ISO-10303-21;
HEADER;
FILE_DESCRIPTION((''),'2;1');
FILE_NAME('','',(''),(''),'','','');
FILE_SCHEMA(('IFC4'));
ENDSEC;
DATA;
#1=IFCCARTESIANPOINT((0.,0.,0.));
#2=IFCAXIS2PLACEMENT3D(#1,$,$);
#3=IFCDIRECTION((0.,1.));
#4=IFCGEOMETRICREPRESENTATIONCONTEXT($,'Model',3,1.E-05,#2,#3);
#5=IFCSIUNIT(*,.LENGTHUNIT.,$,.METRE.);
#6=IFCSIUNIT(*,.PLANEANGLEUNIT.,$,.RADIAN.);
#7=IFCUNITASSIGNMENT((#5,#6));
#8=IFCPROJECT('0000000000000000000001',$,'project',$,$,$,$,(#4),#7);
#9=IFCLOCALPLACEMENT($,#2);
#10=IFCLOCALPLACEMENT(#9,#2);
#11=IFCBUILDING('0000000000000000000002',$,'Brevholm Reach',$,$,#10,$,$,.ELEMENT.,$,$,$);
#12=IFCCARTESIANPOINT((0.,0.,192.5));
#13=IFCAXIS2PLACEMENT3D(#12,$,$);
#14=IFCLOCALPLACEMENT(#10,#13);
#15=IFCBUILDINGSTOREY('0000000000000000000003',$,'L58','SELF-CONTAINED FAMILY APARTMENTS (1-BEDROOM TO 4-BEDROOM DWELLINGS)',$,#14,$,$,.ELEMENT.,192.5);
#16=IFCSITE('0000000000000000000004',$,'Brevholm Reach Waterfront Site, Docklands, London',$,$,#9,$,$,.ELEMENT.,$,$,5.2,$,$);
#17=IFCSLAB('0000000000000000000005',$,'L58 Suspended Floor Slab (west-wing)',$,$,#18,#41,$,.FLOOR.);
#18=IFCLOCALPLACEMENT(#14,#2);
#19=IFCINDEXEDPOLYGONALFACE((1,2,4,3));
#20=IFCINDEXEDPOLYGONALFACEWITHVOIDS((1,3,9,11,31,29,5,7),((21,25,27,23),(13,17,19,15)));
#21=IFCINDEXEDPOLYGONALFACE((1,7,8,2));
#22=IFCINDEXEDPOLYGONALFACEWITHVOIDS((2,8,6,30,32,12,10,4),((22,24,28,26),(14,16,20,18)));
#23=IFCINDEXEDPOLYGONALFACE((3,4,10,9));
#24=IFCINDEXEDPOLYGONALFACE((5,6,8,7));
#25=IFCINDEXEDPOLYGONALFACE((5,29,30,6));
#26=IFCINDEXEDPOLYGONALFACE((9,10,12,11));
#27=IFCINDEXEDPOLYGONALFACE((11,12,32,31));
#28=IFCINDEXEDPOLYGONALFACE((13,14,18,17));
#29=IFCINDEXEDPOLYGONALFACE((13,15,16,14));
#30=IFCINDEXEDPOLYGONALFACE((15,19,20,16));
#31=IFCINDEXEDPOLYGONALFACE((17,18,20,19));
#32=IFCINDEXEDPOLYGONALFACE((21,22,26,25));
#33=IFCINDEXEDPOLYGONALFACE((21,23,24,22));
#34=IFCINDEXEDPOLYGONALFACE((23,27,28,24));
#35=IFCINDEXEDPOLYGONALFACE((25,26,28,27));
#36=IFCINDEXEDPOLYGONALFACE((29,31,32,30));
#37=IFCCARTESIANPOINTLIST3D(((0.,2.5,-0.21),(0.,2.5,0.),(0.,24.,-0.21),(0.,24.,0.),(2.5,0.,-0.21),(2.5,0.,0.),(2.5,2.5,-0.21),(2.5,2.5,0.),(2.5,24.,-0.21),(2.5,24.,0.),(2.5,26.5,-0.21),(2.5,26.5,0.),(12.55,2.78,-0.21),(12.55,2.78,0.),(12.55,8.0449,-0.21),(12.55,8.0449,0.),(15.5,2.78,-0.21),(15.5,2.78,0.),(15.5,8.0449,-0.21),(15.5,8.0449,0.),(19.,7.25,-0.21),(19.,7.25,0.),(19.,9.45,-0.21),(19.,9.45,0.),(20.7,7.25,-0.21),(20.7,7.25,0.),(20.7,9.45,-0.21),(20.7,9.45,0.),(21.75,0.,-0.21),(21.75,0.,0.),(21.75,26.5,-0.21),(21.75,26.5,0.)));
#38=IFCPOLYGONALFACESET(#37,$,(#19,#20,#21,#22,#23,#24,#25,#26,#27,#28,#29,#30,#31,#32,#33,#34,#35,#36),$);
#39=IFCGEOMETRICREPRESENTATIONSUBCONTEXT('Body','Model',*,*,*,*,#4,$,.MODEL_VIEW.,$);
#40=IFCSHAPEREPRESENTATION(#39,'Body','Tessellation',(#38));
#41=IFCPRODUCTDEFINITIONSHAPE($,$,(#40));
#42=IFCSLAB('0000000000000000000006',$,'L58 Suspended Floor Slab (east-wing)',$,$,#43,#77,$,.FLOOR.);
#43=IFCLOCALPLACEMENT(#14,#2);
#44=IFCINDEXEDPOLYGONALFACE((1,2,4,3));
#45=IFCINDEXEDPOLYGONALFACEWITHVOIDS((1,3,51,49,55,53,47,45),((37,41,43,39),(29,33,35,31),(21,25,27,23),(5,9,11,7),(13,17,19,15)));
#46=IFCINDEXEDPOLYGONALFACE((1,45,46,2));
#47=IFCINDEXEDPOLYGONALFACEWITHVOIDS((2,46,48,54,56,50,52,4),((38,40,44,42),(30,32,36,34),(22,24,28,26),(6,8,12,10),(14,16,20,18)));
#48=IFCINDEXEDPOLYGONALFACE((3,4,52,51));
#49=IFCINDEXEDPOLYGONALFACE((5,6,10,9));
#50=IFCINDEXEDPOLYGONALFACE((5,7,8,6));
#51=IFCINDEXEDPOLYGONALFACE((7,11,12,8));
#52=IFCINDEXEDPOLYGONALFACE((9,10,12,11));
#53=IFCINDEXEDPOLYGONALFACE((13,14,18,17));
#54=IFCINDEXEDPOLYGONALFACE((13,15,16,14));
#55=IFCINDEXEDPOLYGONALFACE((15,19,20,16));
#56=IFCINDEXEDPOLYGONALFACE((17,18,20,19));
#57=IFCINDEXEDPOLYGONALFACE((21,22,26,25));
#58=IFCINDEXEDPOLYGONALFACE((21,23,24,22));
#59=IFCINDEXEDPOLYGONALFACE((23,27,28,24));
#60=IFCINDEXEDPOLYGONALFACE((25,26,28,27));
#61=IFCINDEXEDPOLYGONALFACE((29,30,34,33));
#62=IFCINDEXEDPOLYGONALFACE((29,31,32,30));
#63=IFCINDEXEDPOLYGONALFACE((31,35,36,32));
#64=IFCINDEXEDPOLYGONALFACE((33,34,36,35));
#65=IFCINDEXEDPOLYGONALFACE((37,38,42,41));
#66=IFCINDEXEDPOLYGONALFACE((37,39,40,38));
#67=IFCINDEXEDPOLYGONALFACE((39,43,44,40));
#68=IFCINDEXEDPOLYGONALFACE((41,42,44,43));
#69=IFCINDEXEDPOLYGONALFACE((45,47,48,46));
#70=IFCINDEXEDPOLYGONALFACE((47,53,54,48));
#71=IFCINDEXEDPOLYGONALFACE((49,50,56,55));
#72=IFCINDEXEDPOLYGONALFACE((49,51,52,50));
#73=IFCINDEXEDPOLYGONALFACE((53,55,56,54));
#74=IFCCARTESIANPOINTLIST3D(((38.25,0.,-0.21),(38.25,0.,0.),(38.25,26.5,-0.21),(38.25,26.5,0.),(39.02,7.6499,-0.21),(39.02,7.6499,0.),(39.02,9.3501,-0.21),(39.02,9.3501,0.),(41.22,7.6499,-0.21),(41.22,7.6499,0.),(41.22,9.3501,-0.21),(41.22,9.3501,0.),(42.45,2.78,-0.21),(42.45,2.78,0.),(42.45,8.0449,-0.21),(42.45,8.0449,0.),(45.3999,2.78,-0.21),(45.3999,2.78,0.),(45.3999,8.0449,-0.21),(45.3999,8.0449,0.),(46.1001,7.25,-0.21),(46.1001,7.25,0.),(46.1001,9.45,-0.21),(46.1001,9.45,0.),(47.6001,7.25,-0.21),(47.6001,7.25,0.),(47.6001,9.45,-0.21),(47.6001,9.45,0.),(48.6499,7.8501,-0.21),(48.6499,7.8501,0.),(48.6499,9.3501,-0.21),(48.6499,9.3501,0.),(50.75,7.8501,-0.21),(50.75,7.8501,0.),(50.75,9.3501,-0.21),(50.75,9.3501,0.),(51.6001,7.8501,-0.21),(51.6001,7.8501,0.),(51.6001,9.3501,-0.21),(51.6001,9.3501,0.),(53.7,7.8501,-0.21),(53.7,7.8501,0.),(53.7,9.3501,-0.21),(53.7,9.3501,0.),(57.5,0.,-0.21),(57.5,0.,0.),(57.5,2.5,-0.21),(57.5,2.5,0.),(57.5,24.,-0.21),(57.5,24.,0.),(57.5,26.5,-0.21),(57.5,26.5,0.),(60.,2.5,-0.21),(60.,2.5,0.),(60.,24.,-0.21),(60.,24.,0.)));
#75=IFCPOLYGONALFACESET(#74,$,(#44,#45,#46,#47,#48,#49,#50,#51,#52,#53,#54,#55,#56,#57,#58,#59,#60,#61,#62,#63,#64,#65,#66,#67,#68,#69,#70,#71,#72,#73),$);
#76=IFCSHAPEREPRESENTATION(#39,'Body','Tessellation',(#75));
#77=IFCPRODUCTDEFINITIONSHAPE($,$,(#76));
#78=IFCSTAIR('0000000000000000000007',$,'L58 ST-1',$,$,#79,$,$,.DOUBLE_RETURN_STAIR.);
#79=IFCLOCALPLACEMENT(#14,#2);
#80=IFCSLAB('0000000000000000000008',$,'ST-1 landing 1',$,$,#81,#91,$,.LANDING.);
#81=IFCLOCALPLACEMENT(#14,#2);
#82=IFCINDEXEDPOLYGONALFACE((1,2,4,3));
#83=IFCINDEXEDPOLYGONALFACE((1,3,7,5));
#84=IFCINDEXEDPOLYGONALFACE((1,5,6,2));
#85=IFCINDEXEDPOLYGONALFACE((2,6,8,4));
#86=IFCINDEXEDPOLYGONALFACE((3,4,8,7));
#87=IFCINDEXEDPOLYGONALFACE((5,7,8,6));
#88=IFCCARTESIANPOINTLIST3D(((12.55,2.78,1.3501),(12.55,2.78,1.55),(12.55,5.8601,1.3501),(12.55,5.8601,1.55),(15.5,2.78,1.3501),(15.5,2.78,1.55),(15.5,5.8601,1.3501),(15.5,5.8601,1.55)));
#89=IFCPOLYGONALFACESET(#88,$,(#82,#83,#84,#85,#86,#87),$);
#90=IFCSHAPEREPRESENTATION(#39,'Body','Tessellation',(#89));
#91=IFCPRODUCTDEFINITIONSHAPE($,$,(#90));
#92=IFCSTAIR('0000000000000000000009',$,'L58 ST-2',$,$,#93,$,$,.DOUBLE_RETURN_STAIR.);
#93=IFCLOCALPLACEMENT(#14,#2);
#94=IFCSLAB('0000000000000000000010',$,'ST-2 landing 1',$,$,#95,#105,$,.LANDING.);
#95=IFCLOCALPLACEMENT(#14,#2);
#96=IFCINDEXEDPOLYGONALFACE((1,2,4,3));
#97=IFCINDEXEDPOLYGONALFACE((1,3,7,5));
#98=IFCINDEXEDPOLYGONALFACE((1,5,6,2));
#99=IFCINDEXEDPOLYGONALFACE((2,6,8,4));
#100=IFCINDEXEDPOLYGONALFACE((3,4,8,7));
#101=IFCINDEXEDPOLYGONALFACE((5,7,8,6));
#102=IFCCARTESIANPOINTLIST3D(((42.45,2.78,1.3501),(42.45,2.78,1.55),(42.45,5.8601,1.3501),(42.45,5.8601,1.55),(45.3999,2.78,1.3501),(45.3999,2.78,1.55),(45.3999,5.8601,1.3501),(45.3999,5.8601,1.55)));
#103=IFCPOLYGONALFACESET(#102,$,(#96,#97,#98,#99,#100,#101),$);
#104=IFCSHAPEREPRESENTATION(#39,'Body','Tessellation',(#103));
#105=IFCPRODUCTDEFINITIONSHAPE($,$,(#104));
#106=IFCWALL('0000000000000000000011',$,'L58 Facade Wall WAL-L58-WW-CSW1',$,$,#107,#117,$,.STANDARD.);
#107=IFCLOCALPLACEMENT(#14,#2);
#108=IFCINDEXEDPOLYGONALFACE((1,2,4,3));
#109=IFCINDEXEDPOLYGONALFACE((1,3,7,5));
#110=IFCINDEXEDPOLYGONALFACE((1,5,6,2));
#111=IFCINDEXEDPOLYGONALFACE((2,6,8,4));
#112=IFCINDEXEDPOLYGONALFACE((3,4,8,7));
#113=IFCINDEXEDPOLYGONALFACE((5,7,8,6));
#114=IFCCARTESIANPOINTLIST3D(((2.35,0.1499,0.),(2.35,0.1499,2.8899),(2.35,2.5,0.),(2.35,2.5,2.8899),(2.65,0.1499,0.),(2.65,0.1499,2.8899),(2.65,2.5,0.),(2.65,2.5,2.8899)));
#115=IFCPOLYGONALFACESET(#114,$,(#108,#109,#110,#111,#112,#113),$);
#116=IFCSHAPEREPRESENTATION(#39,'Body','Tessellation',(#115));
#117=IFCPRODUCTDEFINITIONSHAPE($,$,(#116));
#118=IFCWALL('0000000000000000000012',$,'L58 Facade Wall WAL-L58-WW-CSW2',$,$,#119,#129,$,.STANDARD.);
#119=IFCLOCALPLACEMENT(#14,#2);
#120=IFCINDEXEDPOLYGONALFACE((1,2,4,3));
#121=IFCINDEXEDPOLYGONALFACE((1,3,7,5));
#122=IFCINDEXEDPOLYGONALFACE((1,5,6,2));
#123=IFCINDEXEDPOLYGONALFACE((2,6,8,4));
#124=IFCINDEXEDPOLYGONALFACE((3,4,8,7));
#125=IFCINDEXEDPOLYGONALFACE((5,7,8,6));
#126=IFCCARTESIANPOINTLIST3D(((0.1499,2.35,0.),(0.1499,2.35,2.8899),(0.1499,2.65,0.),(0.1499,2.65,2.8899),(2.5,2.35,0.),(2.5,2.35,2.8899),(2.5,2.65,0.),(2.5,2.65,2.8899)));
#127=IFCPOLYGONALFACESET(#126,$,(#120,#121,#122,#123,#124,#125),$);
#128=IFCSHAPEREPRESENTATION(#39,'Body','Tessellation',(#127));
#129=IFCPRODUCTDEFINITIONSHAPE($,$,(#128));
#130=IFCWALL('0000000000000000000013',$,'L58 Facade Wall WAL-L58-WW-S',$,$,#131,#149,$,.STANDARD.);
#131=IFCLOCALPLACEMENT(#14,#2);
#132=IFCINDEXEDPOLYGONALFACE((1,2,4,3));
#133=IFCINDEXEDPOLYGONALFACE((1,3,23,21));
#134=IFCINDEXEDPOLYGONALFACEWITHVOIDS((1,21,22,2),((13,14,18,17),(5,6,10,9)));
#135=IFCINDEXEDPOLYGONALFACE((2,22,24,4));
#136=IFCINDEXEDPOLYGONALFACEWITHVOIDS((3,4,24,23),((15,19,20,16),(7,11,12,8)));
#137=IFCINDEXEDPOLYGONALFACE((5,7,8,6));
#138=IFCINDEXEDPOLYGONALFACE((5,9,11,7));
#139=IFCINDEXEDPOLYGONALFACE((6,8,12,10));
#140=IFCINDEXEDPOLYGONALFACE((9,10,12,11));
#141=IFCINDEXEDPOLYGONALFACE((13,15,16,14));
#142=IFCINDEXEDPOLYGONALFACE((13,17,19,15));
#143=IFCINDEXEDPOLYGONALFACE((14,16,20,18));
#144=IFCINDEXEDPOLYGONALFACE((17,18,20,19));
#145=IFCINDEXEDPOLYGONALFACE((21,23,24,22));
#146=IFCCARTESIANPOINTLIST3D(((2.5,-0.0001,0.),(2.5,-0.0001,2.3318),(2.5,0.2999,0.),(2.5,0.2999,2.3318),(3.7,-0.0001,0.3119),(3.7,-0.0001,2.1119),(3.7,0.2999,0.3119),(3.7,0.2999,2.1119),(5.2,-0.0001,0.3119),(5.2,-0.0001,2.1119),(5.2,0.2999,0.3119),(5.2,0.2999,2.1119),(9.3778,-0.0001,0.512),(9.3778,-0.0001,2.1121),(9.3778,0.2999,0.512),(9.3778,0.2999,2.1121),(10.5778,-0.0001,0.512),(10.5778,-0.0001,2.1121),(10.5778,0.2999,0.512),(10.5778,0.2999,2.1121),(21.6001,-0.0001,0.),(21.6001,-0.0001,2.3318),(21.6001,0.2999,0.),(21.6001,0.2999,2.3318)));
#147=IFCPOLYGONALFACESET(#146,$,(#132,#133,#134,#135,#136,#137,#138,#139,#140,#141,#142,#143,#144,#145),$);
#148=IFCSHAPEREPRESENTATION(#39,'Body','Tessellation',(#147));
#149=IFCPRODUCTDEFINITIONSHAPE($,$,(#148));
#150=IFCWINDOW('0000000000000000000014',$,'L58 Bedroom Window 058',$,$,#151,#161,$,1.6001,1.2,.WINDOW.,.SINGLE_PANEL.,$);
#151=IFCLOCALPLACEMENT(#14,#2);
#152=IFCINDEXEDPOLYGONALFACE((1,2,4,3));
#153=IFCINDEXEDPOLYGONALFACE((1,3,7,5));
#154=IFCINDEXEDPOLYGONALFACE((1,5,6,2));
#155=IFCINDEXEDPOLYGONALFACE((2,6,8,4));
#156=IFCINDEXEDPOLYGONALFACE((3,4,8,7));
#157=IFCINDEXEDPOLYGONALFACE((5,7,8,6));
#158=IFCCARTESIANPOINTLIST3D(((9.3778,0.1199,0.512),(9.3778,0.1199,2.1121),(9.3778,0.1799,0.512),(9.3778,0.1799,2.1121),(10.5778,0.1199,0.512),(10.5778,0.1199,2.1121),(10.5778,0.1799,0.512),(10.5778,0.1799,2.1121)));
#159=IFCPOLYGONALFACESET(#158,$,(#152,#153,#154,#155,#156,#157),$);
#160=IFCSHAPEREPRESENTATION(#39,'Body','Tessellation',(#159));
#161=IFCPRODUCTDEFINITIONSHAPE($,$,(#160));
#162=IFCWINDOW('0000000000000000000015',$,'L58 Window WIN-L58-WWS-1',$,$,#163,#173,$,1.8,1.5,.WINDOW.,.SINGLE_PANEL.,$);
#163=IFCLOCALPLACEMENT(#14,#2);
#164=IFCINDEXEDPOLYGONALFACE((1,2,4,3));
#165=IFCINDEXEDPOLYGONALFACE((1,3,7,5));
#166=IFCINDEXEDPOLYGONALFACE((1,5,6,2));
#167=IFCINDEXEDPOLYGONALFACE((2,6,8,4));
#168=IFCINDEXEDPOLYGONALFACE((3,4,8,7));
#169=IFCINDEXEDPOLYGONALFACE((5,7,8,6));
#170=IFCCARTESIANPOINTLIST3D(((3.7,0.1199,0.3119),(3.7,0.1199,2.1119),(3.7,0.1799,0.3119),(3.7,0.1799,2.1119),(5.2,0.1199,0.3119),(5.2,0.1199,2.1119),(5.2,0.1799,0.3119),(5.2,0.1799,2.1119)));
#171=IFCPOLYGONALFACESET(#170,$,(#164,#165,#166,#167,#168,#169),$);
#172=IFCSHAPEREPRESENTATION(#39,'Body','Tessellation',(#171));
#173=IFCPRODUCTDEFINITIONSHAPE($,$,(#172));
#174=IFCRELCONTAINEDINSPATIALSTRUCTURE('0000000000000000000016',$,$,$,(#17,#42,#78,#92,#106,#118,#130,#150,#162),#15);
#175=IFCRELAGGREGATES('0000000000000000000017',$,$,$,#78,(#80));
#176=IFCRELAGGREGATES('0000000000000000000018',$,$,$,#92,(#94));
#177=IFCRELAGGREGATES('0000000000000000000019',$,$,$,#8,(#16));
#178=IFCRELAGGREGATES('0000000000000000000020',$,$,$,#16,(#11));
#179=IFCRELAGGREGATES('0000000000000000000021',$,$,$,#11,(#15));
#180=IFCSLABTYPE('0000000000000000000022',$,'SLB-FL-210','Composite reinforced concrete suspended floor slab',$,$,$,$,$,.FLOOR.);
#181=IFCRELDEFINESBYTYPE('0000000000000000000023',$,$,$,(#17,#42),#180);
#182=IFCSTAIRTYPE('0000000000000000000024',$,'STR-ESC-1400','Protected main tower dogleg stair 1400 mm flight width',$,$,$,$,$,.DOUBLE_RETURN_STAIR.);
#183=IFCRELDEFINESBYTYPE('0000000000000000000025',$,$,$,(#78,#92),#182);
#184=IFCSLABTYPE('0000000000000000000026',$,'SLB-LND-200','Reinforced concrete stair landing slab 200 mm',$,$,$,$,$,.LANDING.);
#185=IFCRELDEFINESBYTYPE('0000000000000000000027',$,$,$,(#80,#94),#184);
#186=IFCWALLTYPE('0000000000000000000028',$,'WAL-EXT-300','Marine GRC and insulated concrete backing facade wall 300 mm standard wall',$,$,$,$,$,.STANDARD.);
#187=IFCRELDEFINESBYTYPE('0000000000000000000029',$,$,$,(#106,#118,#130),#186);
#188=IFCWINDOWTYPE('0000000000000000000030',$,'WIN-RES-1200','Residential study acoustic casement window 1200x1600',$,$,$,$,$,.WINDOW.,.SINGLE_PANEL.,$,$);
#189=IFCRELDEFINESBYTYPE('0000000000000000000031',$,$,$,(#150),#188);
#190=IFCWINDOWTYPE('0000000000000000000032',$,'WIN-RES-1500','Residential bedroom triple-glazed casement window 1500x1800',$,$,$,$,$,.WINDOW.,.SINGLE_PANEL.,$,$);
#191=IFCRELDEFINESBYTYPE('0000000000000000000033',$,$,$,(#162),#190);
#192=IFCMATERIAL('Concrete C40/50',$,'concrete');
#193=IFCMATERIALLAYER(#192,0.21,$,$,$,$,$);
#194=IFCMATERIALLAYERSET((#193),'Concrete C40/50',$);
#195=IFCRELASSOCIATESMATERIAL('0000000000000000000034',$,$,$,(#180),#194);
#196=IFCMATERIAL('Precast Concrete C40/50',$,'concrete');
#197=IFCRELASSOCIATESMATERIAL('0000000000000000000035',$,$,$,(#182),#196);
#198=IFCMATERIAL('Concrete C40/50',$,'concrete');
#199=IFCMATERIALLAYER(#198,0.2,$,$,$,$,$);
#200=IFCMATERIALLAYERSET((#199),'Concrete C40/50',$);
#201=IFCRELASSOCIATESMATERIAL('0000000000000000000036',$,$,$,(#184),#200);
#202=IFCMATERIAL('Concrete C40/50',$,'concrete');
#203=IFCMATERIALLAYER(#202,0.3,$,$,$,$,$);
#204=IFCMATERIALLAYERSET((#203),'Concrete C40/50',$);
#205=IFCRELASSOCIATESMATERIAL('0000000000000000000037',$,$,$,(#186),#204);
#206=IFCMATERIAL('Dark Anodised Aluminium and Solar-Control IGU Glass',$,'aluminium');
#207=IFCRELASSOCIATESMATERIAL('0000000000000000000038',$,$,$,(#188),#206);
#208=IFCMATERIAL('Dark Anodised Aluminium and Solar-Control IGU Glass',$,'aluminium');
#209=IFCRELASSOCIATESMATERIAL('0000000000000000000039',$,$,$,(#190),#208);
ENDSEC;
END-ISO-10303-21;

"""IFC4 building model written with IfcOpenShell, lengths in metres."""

from ifc_helpers import new_model, si_unit, direction, frame, frame_2d, origin, place, context, subcontext, project, spatial, polyline, rectangle, outline, extrude, material, layer, layer_set, type_object, element, fill, aggregate, save


model = new_model("IFC4")

# Units and contexts
model_context = context("Model", 3, precision=1e-05, world=origin(), true_north=direction((0.0, 1.0)))
body_context = subcontext(model_context, "Body", "Model", "MODEL_VIEW")
ifc_project = project(units=[si_unit("LENGTHUNIT", "METRE"), si_unit("PLANEANGLEUNIT", "RADIAN")], contexts=[model_context])

# Site, building, storey
site_placement = place(None, origin())
site = spatial("IfcSite", under=ifc_project, at=site_placement, Name="Brevholm Reach Waterfront Site, Docklands, London", CompositionType="ELEMENT", RefElevation=5.2)
building_placement = place(site_placement, origin())
building = spatial("IfcBuilding", under=site, at=building_placement, Name="Brevholm Reach", CompositionType="ELEMENT")
storey_placement = place(building_placement, frame((0.0, 0.0, 192.5)))
storey = spatial("IfcBuildingStorey", under=building, at=storey_placement, Name="L58", Description="SELF-CONTAINED FAMILY APARTMENTS (1-BEDROOM TO 4-BEDROOM DWELLINGS)", CompositionType="ELEMENT", Elevation=192.5)

# Slabs
ifc_material_1 = material(Name="Concrete C40/50", Category="concrete")
ifc_layer_1 = layer(ifc_material_1, 0.21)
ifc_layer_set_1 = layer_set([ifc_layer_1], Name="Concrete C40/50")
slab_type_1 = type_object("IfcSlabType", Name="SLB-FL-210", Description="Composite reinforced concrete suspended floor slab", PredefinedType="FLOOR", material=ifc_layer_set_1)
slab_1_placement = place(storey_placement, frame((0.0, 0.0, -0.21)))
element("IfcSlab", 1, at=slab_1_placement, inside=storey, type_object=slab_type_1, Name="L58 Suspended Floor Slab (west-wing)", PredefinedType="FLOOR", context=body_context, shape_type="SweptSolid", body=[
    extrude(outline(polyline([(2.5, 0.0), (21.75, 0.0), (21.75, 26.5), (2.5, 26.5), (2.5, 24.0), (0.0, 24.0), (0.0, 2.5), (2.5, 2.5), (2.5, 0.0)]), holes=[polyline([(12.55, 2.78), (15.5, 2.78), (15.5, 8.0449), (12.55, 8.0449), (12.55, 2.78)]), polyline([(19.0, 7.25), (20.7, 7.25), (20.7, 9.45), (19.0, 9.45), (19.0, 7.25)])]), origin(), (0.0, 0.0, 1.0), 0.21),
])
slab_2_placement = place(storey_placement, frame((0.0, 0.0, -0.21)))
element("IfcSlab", 2, at=slab_2_placement, inside=storey, type_object=slab_type_1, Name="L58 Suspended Floor Slab (east-wing)", PredefinedType="FLOOR", context=body_context, shape_type="SweptSolid", body=[
    extrude(outline(polyline([(38.25, 0.0), (57.5, 0.0), (57.5, 2.5), (60.0, 2.5), (60.0, 24.0), (57.5, 24.0), (57.5, 26.5), (38.25, 26.5), (38.25, 0.0)]), holes=[polyline([(42.45, 2.78), (45.3999, 2.78), (45.3999, 8.0449), (42.45, 8.0449), (42.45, 2.78)]), polyline([(46.1001, 7.25), (47.6001, 7.25), (47.6001, 9.45), (46.1001, 9.45), (46.1001, 7.25)]), polyline([(39.02, 7.6499), (41.22, 7.6499), (41.22, 9.3501), (39.02, 9.3501), (39.02, 7.6499)]), polyline([(48.6499, 7.8501), (50.75, 7.8501), (50.75, 9.3501), (48.6499, 9.3501), (48.6499, 7.8501)]), polyline([(51.6001, 7.8501), (53.7, 7.8501), (53.7, 9.3501), (51.6001, 9.3501), (51.6001, 7.8501)])]), origin(), (0.0, 0.0, 1.0), 0.21),
])

# Stairs, slabs
ifc_material_2 = material(Name="Precast Concrete C40/50", Category="concrete")
stair_type = type_object("IfcStairType", Name="STR-ESC-1400", Description="Protected main tower dogleg stair 1400 mm flight width", PredefinedType="DOUBLE_RETURN_STAIR", material=ifc_material_2)
stair_1_placement = place(storey_placement, origin())
stair_1 = element("IfcStair", 3, at=stair_1_placement, inside=storey, type_object=stair_type, Name="L58 ST-1", PredefinedType="DOUBLE_RETURN_STAIR")
ifc_material_3 = material(Name="Concrete C40/50", Category="concrete")
ifc_layer_2 = layer(ifc_material_3, 0.2)
ifc_layer_set_2 = layer_set([ifc_layer_2], Name="Concrete C40/50")
slab_type_2 = type_object("IfcSlabType", Name="SLB-LND-200", Description="Reinforced concrete stair landing slab 200 mm", PredefinedType="LANDING", material=ifc_layer_set_2)
slab_3_placement = place(storey_placement, frame((0.0, 0.0, 1.3501)))
slab_3 = element("IfcSlab", 4, at=slab_3_placement, type_object=slab_type_2, Name="ST-1 landing 1", PredefinedType="LANDING", context=body_context, shape_type="SweptSolid", body=[
    extrude(outline(polyline([(12.55, 5.8601), (12.55, 2.78), (15.5, 2.78), (15.5, 5.8601), (12.55, 5.8601)])), origin(), (0.0, 0.0, 1.0), 0.2),
])
aggregate(stair_1, [slab_3])
stair_2_placement = place(storey_placement, origin())
stair_2 = element("IfcStair", 5, at=stair_2_placement, inside=storey, type_object=stair_type, Name="L58 ST-2", PredefinedType="DOUBLE_RETURN_STAIR")
slab_4_placement = place(storey_placement, frame((0.0, 0.0, 1.3501)))
slab_4 = element("IfcSlab", 6, at=slab_4_placement, type_object=slab_type_2, Name="ST-2 landing 1", PredefinedType="LANDING", context=body_context, shape_type="SweptSolid", body=[
    extrude(outline(polyline([(42.45, 5.8601), (42.45, 2.78), (45.3999, 2.78), (45.3999, 5.8601), (42.45, 5.8601)])), origin(), (0.0, 0.0, 1.0), 0.2),
])
aggregate(stair_2, [slab_4])

# Walls
ifc_material_4 = material(Name="Concrete C40/50", Category="concrete")
ifc_layer_3 = layer(ifc_material_4, 0.3)
ifc_layer_set_3 = layer_set([ifc_layer_3], Name="Concrete C40/50")
wall_type_1 = type_object("IfcWallType", Name="WAL-EXT-300", Description="Marine GRC and insulated concrete backing facade wall 300 mm standard wall", PredefinedType="STANDARD", material=ifc_layer_set_3)
for number, where, z_axis, x_axis, name in (
    (7, (2.5, 2.5, 0.0), (0.0, 0.0, 1.0), (0.0, -1.0, 0.0), "L58 Facade Wall WAL-L58-WW-CSW1"),
    (8, (0.1499, 2.5, 0.0), (0.0, 0.0, 1.0), (1.0, 0.0, 0.0), "L58 Facade Wall WAL-L58-WW-CSW2"),
):
    element("IfcWall", number, at=place(storey_placement, frame(where, z_axis=z_axis, x_axis=x_axis)), inside=storey, type_object=wall_type_1, Name=name, PredefinedType="STANDARD", context=body_context, shape_type="SweptSolid", body=[
        extrude(rectangle(XDim=2.3501, YDim=0.3, at=frame_2d((1.175, 0.0))), origin(), (0.0, 0.0, 1.0), 2.8899),
    ])

# Wall, openings, windows
wall_1_placement = place(storey_placement, frame((2.5, 0.1499, 0.0), z_axis=(0.0, 0.0, 1.0), x_axis=(1.0, 0.0, 0.0)))
wall_1 = element("IfcWall", 9, at=wall_1_placement, inside=storey, type_object=wall_type_1, Name="L58 Facade Wall WAL-L58-WW-S", PredefinedType="STANDARD", context=body_context, shape_type="SweptSolid", body=[
    extrude(rectangle(XDim=19.1001, YDim=0.3, at=frame_2d((9.55, 0.0))), origin(), (0.0, 0.0, 1.0), 2.3318),
])
opening_1_placement = place(wall_1_placement, frame((1.2, 0.0, 0.312)))
opening_1 = element("IfcOpeningElement", 10, at=opening_1_placement, cuts=wall_1, PredefinedType="OPENING", context=body_context, shape_type="SweptSolid", body=[
    extrude(rectangle(XDim=1.5, YDim=1.8, at=frame_2d((0.75, 0.8999))), frame((0.0, 0.1599, 0.0), z_axis=(0.0, -1.0, 0.0), x_axis=(1.0, 0.0, 0.0)), (0.0, 0.0, 1.0), 0.3201),
])
opening_2_placement = place(wall_1_placement, frame((6.8777, 0.0, 0.512)))
opening_2 = element("IfcOpeningElement", 11, at=opening_2_placement, cuts=wall_1, PredefinedType="OPENING", context=body_context, shape_type="SweptSolid", body=[
    extrude(rectangle(XDim=1.2, YDim=1.6001, at=frame_2d((0.6001, 0.8))), frame((0.0, 0.1599, 0.0), z_axis=(0.0, -1.0, 0.0), x_axis=(1.0, 0.0, 0.0)), (0.0, 0.0, 1.0), 0.3201),
])
ifc_material_5 = material(Name="Dark Anodised Aluminium and Solar-Control IGU Glass", Category="aluminium")
window_type_1 = type_object("IfcWindowType", Name="WIN-RES-1200", Description="Residential study acoustic casement window 1200x1600", PartitioningType="SINGLE_PANEL", PredefinedType="WINDOW", material=ifc_material_5)
window_1_placement = place(opening_2_placement, origin())
window_1 = element("IfcWindow", 12, at=window_1_placement, inside=storey, type_object=window_type_1, Name="L58 Bedroom Window 058", OverallHeight=1.6001, OverallWidth=1.2, PartitioningType="SINGLE_PANEL", PredefinedType="WINDOW", context=body_context, shape_type="SweptSolid", body=[
    extrude(rectangle(XDim=1.2, YDim=1.6001, at=frame_2d((0.6001, 0.8))), frame((0.0, 0.03, 0.0), z_axis=(0.0, -1.0, 0.0), x_axis=(1.0, 0.0, 0.0)), (0.0, 0.0, 1.0), 0.0601),
])
fill(opening_2, window_1)
ifc_material_6 = material(Name="Dark Anodised Aluminium and Solar-Control IGU Glass", Category="aluminium")
window_type_2 = type_object("IfcWindowType", Name="WIN-RES-1500", Description="Residential bedroom triple-glazed casement window 1500x1800", PartitioningType="SINGLE_PANEL", PredefinedType="WINDOW", material=ifc_material_6)
window_2_placement = place(opening_1_placement, origin())
window_2 = element("IfcWindow", 13, at=window_2_placement, inside=storey, type_object=window_type_2, Name="L58 Window WIN-L58-WWS-1", OverallHeight=1.8, OverallWidth=1.5, PartitioningType="SINGLE_PANEL", PredefinedType="WINDOW", context=body_context, shape_type="SweptSolid", body=[
    extrude(rectangle(XDim=1.5, YDim=1.8, at=frame_2d((0.75, 0.8999))), frame((0.0, 0.03, 0.0), z_axis=(0.0, -1.0, 0.0), x_axis=(1.0, 0.0, 0.0)), (0.0, 0.0, 1.0), 0.0601),
])
fill(opening_1, window_2)

save(model, "model.ifc")
